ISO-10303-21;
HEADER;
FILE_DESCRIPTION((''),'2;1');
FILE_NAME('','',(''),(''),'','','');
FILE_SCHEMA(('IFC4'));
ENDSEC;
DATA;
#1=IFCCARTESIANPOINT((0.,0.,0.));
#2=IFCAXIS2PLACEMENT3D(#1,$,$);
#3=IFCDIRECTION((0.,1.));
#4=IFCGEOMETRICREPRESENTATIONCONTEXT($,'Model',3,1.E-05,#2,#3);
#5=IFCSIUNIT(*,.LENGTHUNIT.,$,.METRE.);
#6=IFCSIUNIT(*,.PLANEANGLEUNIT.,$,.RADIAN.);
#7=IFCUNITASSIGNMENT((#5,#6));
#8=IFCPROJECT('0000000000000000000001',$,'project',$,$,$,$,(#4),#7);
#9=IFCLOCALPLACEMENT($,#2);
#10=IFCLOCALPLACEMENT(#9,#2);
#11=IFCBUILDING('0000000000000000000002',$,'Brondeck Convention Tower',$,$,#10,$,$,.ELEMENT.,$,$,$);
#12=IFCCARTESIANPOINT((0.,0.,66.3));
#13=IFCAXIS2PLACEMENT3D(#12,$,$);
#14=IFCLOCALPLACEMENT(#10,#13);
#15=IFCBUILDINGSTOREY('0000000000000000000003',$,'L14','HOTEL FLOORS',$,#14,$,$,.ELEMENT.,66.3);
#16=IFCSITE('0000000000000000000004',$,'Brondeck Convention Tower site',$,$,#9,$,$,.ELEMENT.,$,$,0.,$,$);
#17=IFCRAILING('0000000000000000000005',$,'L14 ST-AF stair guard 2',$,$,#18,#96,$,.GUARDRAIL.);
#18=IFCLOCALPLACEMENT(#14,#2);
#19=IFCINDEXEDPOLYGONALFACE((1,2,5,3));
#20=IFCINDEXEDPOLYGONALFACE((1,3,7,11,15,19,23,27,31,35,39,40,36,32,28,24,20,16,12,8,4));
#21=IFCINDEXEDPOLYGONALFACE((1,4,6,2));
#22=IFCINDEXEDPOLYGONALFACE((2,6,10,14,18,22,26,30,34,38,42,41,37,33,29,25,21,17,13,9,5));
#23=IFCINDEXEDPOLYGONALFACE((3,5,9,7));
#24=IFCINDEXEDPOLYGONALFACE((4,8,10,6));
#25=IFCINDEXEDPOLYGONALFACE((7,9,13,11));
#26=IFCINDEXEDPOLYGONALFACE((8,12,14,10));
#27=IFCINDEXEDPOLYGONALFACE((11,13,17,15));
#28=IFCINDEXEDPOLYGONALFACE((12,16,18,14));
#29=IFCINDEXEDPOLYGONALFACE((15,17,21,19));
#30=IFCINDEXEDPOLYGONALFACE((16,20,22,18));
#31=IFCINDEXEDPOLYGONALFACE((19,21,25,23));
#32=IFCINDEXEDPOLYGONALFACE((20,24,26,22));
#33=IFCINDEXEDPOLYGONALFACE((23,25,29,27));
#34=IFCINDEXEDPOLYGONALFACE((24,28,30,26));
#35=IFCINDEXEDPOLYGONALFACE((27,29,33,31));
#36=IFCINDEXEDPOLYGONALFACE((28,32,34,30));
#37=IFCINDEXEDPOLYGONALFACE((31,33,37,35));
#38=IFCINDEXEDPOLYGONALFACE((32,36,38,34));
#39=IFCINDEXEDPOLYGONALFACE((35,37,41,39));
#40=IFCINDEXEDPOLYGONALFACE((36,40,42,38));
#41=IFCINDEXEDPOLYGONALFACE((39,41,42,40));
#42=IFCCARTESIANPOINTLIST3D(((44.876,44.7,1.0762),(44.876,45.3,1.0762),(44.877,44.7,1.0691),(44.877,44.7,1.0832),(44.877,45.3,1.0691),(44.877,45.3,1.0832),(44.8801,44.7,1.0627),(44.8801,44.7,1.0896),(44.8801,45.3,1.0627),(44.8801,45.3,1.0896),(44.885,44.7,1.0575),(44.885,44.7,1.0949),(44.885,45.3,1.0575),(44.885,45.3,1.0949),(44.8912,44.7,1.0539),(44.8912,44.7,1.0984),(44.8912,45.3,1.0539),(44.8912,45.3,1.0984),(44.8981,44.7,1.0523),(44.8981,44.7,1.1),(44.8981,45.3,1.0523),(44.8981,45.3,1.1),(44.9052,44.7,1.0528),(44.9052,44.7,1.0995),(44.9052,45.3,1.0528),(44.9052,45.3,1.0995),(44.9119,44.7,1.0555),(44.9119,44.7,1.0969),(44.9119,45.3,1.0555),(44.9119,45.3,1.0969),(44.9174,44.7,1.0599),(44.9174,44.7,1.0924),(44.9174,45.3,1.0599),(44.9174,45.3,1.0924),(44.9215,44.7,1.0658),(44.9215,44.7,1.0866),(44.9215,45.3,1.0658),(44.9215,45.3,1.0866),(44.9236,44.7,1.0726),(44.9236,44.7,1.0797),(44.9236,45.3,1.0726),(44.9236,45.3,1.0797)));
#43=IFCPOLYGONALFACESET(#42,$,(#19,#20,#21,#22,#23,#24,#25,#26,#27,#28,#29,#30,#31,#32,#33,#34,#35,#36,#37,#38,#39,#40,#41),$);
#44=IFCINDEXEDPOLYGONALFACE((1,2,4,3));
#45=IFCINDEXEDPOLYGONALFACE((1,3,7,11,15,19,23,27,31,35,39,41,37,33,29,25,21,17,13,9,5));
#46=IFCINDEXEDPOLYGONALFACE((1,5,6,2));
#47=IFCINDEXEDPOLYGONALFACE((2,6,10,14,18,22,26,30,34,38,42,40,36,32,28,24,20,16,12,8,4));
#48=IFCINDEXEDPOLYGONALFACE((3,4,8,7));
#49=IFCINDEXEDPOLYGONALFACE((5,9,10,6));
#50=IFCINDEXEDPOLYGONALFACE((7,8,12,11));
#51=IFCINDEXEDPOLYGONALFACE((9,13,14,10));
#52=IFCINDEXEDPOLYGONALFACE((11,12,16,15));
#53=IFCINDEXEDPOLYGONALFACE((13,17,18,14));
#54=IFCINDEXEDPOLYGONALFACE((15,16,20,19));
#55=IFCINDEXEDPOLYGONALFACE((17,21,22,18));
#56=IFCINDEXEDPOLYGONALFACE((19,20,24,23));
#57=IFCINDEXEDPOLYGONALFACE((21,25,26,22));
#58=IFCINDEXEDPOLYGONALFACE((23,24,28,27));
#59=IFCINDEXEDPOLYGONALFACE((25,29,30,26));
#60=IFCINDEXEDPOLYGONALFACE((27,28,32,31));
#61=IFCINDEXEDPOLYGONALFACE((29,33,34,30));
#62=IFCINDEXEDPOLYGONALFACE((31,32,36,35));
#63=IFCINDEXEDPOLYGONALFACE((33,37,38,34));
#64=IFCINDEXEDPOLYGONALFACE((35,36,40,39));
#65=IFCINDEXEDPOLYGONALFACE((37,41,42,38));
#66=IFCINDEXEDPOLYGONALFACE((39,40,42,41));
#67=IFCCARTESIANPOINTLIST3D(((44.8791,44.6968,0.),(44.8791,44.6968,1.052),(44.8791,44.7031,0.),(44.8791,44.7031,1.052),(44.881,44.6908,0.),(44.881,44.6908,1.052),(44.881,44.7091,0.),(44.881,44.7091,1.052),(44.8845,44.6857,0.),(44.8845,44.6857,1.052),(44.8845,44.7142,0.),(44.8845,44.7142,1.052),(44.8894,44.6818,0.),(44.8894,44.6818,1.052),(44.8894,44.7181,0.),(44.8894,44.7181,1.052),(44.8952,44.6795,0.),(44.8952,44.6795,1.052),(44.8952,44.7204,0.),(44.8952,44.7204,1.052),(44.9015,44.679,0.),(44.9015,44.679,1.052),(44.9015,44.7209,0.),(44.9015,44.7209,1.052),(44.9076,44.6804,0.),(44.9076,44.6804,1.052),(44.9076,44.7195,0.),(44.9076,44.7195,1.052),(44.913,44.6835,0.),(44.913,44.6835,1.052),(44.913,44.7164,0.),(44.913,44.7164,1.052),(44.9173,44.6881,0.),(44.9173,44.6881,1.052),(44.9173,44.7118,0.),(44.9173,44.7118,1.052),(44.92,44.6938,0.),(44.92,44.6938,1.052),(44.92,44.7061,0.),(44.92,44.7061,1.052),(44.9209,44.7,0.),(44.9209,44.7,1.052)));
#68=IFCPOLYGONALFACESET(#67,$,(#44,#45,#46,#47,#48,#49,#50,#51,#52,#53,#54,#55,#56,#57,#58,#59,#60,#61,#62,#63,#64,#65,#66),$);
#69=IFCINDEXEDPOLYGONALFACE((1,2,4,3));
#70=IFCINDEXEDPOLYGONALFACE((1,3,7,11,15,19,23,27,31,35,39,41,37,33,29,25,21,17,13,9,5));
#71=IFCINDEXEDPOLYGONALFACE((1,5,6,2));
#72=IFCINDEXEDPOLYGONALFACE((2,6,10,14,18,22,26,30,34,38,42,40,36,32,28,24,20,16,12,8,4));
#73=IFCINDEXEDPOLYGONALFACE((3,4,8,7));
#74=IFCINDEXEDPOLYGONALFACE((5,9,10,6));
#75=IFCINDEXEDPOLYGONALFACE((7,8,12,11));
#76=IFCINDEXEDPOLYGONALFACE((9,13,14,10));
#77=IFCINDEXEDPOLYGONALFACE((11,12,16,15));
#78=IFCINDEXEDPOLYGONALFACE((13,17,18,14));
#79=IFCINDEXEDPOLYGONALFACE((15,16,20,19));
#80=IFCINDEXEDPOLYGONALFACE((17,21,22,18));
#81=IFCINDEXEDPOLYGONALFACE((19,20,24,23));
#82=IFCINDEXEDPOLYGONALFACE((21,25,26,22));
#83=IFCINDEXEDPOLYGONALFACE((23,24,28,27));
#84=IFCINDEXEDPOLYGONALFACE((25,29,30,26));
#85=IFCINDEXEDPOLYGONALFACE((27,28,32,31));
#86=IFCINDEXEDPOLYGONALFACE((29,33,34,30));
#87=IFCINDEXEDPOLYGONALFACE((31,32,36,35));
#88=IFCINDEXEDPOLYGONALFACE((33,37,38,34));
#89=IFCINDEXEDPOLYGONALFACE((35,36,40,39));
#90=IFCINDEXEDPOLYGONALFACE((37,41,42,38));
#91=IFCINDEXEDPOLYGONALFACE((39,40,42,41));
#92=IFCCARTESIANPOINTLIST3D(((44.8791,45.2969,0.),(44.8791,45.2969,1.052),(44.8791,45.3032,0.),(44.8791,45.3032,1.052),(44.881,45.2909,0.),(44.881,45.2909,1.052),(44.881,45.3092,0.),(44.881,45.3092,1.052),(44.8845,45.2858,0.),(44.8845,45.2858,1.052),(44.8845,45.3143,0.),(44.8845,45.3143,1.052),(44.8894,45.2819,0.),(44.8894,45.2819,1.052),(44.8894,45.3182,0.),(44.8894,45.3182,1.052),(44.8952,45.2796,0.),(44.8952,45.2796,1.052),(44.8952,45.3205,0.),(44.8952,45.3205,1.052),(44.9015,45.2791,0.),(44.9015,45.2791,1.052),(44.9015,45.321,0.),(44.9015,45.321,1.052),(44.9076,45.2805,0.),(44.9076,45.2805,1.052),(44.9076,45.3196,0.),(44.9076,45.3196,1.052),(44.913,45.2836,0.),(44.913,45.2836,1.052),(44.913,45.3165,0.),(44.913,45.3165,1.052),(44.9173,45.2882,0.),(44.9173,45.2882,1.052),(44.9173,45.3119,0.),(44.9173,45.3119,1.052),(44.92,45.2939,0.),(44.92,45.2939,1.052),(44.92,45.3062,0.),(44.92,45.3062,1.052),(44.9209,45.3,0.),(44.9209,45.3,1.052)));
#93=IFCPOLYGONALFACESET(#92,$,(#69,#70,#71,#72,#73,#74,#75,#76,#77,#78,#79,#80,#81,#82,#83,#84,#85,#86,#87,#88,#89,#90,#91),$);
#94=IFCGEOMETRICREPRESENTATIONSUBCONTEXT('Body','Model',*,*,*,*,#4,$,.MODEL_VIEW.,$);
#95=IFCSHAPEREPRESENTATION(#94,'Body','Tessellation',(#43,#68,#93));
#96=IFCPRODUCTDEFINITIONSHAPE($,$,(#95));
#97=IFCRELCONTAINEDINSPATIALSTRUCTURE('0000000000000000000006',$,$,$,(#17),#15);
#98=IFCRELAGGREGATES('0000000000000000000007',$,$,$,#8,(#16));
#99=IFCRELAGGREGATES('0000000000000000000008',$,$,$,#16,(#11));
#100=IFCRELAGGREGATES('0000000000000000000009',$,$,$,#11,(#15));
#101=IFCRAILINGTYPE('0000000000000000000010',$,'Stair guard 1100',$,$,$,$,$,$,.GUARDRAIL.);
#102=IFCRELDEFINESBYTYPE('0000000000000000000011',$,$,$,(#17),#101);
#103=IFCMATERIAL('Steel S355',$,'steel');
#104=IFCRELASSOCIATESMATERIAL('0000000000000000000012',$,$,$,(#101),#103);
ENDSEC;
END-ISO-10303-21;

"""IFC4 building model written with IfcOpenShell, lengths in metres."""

from ifc_helpers import new_model, si_unit, direction, frame, origin, origin_2d, place, context, subcontext, project, spatial, circle, extrude, material, type_object, element, save


model = new_model("IFC4")

# Units and contexts
model_context = context("Model", 3, precision=1e-05, world=origin(), true_north=direction((0.0, 1.0)))
body_context = subcontext(model_context, "Body", "Model", "MODEL_VIEW")
ifc_project = project(units=[si_unit("LENGTHUNIT", "METRE"), si_unit("PLANEANGLEUNIT", "RADIAN")], contexts=[model_context])

# Site, building, storey
site_placement = place(None, origin())
site = spatial("IfcSite", under=ifc_project, at=site_placement, Name="Brondeck Convention Tower site", CompositionType="ELEMENT", RefElevation=0.0)
building_placement = place(site_placement, origin())
building = spatial("IfcBuilding", under=site, at=building_placement, Name="Brondeck Convention Tower", CompositionType="ELEMENT")
storey_placement = place(building_placement, frame((0.0, 0.0, 66.3)))
storey = spatial("IfcBuildingStorey", under=building, at=storey_placement, Name="L14", Description="HOTEL FLOORS", CompositionType="ELEMENT", Elevation=66.3)

# Shared definitions
ifc_material_1 = material(Name="Steel S355", Category="steel")

# Railing
railing_type_1 = type_object("IfcRailingType", Name="Stair guard 1100", PredefinedType="GUARDRAIL", material=ifc_material_1)
railing_1_placement = place(storey_placement, frame((44.8999, 44.7, 0.0)))
element("IfcRailing", 1, at=railing_1_placement, inside=storey, type_object=railing_type_1, Name="L14 ST-AF stair guard 2", PredefinedType="GUARDRAIL", context=body_context, shape_type="SweptSolid", body=[
    extrude(circle(Radius=0.0239, at=origin_2d()), frame((0.0, 0.0, 1.0762), z_axis=(0.0, 1.0, 0.0), x_axis=(-1.0, 0.0, 0.0)), (0.0, 0.0, 1.0), 0.6001),
    extrude(circle(Radius=0.021, at=origin_2d()), origin(), (0.0, 0.0, 1.0), 1.052),
    extrude(circle(Radius=0.021, at=origin_2d()), frame((0.0, 0.6001, 0.0)), (0.0, 0.0, 1.0), 1.052),
])

save(model, "model.ifc")
